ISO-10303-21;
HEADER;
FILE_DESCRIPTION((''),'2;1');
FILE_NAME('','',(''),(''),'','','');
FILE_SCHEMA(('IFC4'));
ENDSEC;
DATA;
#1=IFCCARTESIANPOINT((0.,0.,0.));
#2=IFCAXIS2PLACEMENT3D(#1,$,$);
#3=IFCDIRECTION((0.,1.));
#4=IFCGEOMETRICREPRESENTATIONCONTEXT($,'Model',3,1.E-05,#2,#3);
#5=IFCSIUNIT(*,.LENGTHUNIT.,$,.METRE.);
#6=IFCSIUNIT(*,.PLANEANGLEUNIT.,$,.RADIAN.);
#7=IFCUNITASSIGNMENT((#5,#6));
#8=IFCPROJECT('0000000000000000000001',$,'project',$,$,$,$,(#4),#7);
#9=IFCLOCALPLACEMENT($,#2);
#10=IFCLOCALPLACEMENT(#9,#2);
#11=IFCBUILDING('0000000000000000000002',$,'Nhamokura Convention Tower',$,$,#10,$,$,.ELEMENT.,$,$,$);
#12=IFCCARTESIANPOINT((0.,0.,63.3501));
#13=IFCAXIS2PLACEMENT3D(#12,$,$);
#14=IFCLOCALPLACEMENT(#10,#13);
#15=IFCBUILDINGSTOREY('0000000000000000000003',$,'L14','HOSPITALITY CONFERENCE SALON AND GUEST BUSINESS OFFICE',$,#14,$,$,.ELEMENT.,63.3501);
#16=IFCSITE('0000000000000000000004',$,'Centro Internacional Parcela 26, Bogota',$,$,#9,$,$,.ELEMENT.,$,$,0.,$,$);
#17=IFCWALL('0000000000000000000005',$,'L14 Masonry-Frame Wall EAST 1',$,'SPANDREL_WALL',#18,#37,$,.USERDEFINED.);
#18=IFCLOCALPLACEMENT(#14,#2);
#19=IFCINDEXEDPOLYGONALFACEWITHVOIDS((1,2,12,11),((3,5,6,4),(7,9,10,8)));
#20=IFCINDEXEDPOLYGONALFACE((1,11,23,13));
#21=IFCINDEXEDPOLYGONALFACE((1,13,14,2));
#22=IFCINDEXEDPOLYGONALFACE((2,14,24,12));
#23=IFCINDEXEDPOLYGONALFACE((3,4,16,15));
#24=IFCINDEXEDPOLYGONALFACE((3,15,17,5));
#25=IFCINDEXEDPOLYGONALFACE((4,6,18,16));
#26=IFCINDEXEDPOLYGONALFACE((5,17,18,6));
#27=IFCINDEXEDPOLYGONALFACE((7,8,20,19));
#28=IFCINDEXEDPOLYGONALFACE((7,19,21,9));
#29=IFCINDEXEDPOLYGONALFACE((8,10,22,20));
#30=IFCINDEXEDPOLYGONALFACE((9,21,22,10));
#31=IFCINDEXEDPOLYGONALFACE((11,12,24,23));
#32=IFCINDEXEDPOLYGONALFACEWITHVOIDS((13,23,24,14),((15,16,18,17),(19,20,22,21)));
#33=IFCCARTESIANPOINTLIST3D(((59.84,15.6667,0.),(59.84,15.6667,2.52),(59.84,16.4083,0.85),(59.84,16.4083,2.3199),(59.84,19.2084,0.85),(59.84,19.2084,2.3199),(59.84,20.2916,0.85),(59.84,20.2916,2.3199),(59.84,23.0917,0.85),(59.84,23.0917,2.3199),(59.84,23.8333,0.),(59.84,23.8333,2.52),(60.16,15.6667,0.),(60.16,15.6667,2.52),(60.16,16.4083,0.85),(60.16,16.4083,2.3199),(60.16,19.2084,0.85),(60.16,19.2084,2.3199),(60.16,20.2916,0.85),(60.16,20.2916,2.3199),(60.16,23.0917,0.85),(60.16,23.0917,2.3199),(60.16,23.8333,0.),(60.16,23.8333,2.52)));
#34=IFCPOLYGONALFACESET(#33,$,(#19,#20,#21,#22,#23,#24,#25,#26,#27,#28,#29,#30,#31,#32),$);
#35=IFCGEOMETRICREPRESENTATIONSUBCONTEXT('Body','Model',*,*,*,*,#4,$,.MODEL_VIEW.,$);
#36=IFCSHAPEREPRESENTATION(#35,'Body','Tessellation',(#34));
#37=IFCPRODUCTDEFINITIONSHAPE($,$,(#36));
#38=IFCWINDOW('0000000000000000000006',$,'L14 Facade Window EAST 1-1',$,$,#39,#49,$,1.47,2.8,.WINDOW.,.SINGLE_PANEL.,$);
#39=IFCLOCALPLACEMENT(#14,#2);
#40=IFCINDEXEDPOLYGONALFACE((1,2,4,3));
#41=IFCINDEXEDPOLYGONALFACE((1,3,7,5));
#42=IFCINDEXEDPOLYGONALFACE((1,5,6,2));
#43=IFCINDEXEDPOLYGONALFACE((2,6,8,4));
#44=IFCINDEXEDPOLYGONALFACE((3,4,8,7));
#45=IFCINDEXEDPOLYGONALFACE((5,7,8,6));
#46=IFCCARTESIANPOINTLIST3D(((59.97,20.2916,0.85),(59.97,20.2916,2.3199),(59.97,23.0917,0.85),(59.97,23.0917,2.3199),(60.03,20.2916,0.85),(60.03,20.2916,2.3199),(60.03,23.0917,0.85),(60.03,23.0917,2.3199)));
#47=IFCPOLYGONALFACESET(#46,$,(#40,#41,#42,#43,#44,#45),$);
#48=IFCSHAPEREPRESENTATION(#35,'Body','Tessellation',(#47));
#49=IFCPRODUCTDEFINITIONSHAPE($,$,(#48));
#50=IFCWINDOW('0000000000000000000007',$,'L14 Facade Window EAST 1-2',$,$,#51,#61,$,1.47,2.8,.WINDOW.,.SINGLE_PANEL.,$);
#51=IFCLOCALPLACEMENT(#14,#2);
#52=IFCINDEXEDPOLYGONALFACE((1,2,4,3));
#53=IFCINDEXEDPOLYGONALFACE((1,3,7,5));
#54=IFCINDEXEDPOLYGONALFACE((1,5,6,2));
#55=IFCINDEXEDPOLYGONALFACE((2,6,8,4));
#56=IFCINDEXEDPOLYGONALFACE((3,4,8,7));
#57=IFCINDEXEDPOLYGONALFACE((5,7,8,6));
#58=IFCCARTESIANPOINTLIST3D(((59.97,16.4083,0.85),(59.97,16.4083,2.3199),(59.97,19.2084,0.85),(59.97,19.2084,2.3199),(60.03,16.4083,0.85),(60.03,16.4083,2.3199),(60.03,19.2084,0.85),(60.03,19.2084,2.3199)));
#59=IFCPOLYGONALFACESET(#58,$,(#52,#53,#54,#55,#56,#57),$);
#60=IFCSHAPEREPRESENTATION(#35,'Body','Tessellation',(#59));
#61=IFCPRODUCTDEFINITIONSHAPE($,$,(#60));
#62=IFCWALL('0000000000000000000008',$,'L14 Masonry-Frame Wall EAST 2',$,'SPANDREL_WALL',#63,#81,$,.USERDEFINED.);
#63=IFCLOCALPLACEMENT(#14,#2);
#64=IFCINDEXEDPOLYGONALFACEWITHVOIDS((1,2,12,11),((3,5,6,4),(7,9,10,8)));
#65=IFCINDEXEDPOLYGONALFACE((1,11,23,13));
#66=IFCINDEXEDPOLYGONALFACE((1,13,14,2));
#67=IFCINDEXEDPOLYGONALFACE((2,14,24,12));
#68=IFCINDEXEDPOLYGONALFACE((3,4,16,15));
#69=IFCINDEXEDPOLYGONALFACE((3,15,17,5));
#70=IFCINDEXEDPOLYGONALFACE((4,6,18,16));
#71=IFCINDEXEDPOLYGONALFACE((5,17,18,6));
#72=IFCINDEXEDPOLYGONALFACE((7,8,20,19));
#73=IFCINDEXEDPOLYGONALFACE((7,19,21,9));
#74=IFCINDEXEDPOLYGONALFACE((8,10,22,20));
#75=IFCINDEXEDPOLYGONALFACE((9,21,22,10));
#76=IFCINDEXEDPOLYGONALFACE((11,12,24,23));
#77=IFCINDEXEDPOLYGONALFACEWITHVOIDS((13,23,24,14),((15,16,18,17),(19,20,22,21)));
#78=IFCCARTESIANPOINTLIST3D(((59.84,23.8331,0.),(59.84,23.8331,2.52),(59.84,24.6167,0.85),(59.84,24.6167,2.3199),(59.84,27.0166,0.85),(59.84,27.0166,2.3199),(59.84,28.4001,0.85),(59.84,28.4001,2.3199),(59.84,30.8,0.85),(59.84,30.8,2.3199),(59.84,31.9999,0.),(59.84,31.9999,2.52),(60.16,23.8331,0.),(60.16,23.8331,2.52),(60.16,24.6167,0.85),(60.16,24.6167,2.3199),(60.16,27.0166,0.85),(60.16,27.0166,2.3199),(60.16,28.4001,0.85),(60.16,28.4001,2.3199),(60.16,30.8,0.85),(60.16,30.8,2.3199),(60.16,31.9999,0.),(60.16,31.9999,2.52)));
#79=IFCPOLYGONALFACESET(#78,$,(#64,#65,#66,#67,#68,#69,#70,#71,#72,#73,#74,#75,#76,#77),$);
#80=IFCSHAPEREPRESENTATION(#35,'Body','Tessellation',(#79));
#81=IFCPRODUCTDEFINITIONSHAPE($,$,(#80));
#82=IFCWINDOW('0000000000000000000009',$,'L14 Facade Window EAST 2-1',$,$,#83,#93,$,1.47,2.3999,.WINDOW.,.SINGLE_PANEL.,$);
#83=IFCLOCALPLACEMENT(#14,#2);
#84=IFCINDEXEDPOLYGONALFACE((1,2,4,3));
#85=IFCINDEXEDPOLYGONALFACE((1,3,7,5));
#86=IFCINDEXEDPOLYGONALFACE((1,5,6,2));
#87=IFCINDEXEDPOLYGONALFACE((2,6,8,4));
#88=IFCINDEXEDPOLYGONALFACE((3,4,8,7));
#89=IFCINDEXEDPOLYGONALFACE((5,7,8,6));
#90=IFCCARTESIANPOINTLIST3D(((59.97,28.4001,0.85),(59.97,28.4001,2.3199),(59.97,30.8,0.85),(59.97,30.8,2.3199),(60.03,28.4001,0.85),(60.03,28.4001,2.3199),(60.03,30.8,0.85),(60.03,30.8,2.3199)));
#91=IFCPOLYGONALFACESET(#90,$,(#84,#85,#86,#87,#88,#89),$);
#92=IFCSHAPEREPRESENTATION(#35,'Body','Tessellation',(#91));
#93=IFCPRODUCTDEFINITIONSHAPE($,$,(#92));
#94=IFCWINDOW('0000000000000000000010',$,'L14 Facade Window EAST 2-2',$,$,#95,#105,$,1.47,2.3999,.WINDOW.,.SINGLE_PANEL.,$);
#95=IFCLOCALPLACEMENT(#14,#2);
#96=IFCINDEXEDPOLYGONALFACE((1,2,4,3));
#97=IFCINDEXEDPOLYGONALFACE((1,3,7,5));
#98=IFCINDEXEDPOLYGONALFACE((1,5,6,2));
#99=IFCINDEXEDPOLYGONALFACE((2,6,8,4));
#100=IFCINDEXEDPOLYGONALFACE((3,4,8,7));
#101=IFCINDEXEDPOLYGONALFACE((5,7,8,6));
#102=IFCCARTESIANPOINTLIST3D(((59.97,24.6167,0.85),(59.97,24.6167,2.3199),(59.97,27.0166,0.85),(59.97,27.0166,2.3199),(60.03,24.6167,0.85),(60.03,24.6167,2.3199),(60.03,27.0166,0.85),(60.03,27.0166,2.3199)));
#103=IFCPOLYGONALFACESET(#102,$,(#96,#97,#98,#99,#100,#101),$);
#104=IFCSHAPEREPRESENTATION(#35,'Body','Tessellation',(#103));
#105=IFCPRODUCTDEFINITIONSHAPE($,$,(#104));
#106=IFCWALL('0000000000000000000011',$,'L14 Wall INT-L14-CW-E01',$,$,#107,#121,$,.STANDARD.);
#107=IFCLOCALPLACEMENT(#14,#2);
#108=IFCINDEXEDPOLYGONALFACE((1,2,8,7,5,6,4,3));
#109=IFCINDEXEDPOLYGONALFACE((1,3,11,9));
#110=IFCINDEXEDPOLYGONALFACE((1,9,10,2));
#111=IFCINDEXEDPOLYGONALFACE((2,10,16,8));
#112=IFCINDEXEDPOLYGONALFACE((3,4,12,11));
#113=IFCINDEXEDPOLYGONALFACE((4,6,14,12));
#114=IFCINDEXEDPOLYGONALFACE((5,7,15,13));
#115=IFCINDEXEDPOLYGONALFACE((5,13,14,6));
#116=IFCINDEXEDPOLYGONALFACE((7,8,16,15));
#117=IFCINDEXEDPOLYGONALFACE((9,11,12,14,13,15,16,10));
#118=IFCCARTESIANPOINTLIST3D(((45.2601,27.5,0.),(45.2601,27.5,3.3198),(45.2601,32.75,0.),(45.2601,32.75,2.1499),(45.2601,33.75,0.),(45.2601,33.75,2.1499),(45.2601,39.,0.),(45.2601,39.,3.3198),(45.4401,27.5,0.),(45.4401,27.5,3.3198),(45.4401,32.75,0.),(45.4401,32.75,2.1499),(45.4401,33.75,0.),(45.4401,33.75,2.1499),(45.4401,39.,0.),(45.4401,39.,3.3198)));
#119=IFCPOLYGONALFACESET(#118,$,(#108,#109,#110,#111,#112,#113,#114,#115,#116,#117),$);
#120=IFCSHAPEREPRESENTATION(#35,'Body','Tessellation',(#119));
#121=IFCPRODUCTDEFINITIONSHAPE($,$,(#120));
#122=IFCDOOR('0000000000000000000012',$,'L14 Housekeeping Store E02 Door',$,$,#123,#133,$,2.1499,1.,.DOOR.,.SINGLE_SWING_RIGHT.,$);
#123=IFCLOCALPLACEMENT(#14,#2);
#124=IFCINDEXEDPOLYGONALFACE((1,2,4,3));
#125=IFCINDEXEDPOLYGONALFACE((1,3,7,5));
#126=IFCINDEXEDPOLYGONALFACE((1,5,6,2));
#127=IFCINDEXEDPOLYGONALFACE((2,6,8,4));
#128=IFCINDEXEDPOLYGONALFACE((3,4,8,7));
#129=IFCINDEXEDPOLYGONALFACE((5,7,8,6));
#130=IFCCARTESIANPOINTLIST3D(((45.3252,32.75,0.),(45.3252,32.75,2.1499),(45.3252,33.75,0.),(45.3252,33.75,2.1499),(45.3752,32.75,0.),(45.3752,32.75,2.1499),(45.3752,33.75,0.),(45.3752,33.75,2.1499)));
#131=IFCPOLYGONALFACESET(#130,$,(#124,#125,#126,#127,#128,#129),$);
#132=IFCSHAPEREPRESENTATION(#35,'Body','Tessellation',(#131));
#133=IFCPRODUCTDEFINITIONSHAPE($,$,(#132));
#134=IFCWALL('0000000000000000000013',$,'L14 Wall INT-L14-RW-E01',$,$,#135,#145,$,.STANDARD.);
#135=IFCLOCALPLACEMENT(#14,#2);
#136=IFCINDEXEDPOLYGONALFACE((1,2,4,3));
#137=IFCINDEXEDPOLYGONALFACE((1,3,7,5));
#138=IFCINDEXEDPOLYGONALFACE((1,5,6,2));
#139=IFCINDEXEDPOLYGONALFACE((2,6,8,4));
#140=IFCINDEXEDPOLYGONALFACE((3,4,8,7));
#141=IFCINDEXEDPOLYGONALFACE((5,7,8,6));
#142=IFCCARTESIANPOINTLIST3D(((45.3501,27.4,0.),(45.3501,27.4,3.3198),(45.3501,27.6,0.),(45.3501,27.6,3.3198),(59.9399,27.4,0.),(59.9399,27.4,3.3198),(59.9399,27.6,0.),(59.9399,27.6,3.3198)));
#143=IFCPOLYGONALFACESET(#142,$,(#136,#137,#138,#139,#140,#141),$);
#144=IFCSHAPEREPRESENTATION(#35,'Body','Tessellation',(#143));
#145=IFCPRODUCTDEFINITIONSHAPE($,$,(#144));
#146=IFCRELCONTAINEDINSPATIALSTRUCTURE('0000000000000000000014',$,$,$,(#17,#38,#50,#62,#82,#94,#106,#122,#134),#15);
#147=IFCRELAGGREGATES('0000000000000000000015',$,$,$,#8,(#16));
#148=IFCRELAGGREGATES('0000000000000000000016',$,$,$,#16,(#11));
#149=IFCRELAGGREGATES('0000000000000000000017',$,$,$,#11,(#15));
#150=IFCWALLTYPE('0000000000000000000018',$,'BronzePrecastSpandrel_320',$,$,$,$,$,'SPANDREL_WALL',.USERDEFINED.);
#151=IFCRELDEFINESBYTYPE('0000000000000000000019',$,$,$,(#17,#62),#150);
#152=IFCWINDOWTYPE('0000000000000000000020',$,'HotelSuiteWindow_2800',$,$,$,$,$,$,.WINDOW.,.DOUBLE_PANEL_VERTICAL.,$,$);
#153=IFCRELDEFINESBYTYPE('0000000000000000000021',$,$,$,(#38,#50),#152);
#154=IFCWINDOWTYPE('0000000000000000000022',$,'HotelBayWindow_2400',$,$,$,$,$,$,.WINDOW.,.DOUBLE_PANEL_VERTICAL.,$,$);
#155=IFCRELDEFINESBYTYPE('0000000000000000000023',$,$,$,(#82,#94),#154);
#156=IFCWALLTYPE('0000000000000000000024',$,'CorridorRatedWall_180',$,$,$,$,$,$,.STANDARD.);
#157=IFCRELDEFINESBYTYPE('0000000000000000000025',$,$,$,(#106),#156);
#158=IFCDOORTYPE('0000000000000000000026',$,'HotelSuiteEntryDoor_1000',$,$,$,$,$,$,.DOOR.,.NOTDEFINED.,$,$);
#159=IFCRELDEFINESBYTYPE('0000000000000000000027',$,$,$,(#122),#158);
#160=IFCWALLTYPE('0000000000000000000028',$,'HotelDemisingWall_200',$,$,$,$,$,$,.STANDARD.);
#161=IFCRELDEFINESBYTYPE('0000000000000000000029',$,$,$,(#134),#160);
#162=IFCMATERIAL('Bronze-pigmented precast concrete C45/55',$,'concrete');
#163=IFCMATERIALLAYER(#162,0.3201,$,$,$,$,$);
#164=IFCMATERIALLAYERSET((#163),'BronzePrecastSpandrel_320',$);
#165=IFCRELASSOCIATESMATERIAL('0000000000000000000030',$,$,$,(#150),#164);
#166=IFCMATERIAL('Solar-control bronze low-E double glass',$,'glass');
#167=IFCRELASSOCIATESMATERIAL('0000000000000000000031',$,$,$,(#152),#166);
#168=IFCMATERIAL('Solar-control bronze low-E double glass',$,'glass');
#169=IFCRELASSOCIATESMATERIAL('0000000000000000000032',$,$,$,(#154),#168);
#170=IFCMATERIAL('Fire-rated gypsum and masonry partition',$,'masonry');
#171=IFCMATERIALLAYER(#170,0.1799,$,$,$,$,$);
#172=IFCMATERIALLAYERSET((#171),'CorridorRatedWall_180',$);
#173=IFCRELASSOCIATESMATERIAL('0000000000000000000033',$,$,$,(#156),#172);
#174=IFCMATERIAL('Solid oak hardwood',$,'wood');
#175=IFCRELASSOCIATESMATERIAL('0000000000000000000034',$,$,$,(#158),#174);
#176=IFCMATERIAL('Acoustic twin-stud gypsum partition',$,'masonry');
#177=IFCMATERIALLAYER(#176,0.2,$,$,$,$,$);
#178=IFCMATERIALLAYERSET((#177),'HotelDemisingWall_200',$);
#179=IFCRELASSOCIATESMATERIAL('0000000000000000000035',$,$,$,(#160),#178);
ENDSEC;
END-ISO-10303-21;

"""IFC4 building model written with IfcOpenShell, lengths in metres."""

from ifc_helpers import new_model, si_unit, direction, frame, frame_2d, origin, place, context, subcontext, project, spatial, rectangle, extrude, material, layer, layer_set, type_object, element, fill, save


model = new_model("IFC4")

# Units and contexts
model_context = context("Model", 3, precision=1e-05, world=origin(), true_north=direction((0.0, 1.0)))
body_context = subcontext(model_context, "Body", "Model", "MODEL_VIEW")
ifc_project = project(units=[si_unit("LENGTHUNIT", "METRE"), si_unit("PLANEANGLEUNIT", "RADIAN")], contexts=[model_context])

# Site, building, storey
site_placement = place(None, origin())
site = spatial("IfcSite", under=ifc_project, at=site_placement, Name="Centro Internacional Parcela 26, Bogota", CompositionType="ELEMENT", RefElevation=0.0)
building_placement = place(site_placement, origin())
building = spatial("IfcBuilding", under=site, at=building_placement, Name="Nhamokura Convention Tower", CompositionType="ELEMENT")
storey_placement = place(building_placement, frame((0.0, 0.0, 63.3501)))
storey = spatial("IfcBuildingStorey", under=building, at=storey_placement, Name="L14", Description="HOSPITALITY CONFERENCE SALON AND GUEST BUSINESS OFFICE", CompositionType="ELEMENT", Elevation=63.3501)

# Walls, openings, windows
ifc_material_1 = material(Name="Bronze-pigmented precast concrete C45/55", Category="concrete")
ifc_layer_1 = layer(ifc_material_1, 0.3201)
ifc_layer_set_1 = layer_set([ifc_layer_1], Name="BronzePrecastSpandrel_320")
wall_type_1 = type_object("IfcWallType", Name="BronzePrecastSpandrel_320", ElementType="SPANDREL_WALL", PredefinedType="USERDEFINED", material=ifc_layer_set_1)
wall_1_placement = place(storey_placement, frame((60.0, 23.8333, 0.0), z_axis=(0.0, 0.0, 1.0), x_axis=(0.0, -1.0, 0.0)))
wall_1 = element("IfcWall", 1, at=wall_1_placement, inside=storey, type_object=wall_type_1, Name="L14 Masonry-Frame Wall EAST 1", ObjectType="SPANDREL_WALL", PredefinedType="USERDEFINED", context=body_context, shape_type="SweptSolid", body=[
    extrude(rectangle(XDim=8.1665, YDim=0.3201, at=frame_2d((4.0833, 0.0))), origin(), (0.0, 0.0, 1.0), 2.52),
])
opening_1_placement = place(wall_1_placement, frame((0.7417, 0.0, 0.8501)))
opening_1 = element("IfcOpeningElement", 2, at=opening_1_placement, cuts=wall_1, PredefinedType="OPENING", context=body_context, shape_type="SweptSolid", body=[
    extrude(rectangle(XDim=2.8, YDim=1.47, at=frame_2d((1.3999, 0.7349))), frame((0.0, 0.1699, 0.0), z_axis=(0.0, -1.0, 0.0), x_axis=(1.0, 0.0, 0.0)), (0.0, 0.0, 1.0), 0.3401),
])
opening_2_placement = place(wall_1_placement, frame((4.625, 0.0, 0.8501)))
opening_2 = element("IfcOpeningElement", 3, at=opening_2_placement, cuts=wall_1, PredefinedType="OPENING", context=body_context, shape_type="SweptSolid", body=[
    extrude(rectangle(XDim=2.8, YDim=1.47, at=frame_2d((1.3999, 0.7349))), frame((0.0, 0.1699, 0.0), z_axis=(0.0, -1.0, 0.0), x_axis=(1.0, 0.0, 0.0)), (0.0, 0.0, 1.0), 0.3401),
])
ifc_material_2 = material(Name="Solar-control bronze low-E double glass", Category="glass")
window_type_1 = type_object("IfcWindowType", Name="HotelSuiteWindow_2800", PartitioningType="DOUBLE_PANEL_VERTICAL", PredefinedType="WINDOW", material=ifc_material_2)
window_1_placement = place(opening_1_placement, origin())
window_1 = element("IfcWindow", 4, at=window_1_placement, inside=storey, type_object=window_type_1, Name="L14 Facade Window EAST 1-1", OverallHeight=1.47, OverallWidth=2.8, PartitioningType="SINGLE_PANEL", PredefinedType="WINDOW", context=body_context, shape_type="SweptSolid", body=[
    extrude(rectangle(XDim=2.8, YDim=1.47, at=frame_2d((1.3999, 0.7349))), frame((0.0, 0.03, 0.0), z_axis=(0.0, -1.0, 0.0), x_axis=(1.0, 0.0, 0.0)), (0.0, 0.0, 1.0), 0.0601),
])
fill(opening_1, window_1)
window_2_placement = place(opening_2_placement, origin())
window_2 = element("IfcWindow", 5, at=window_2_placement, inside=storey, type_object=window_type_1, Name="L14 Facade Window EAST 1-2", OverallHeight=1.47, OverallWidth=2.8, PartitioningType="SINGLE_PANEL", PredefinedType="WINDOW", context=body_context, shape_type="SweptSolid", body=[
    extrude(rectangle(XDim=2.8, YDim=1.47, at=frame_2d((1.3999, 0.7349))), frame((0.0, 0.03, 0.0), z_axis=(0.0, -1.0, 0.0), x_axis=(1.0, 0.0, 0.0)), (0.0, 0.0, 1.0), 0.0601),
])
fill(opening_2, window_2)
wall_2_placement = place(storey_placement, frame((60.0, 32.0, 0.0), z_axis=(0.0, 0.0, 1.0), x_axis=(0.0, -1.0, 0.0)))
wall_2 = element("IfcWall", 6, at=wall_2_placement, inside=storey, type_object=wall_type_1, Name="L14 Masonry-Frame Wall EAST 2", ObjectType="SPANDREL_WALL", PredefinedType="USERDEFINED", context=body_context, shape_type="SweptSolid", body=[
    extrude(rectangle(XDim=8.1667, YDim=0.3201, at=frame_2d((4.0835, 0.0))), origin(), (0.0, 0.0, 1.0), 2.52),
])
opening_3_placement = place(wall_2_placement, frame((1.2, 0.0, 0.8501)))
opening_3 = element("IfcOpeningElement", 7, at=opening_3_placement, cuts=wall_2, PredefinedType="OPENING", context=body_context, shape_type="SweptSolid", body=[
    extrude(rectangle(XDim=2.3999, YDim=1.47, at=frame_2d((1.2, 0.7349))), frame((0.0, 0.1699, 0.0), z_axis=(0.0, -1.0, 0.0), x_axis=(1.0, 0.0, 0.0)), (0.0, 0.0, 1.0), 0.3401),
])
opening_4_placement = place(wall_2_placement, frame((4.9834, 0.0, 0.8501)))
opening_4 = element("IfcOpeningElement", 8, at=opening_4_placement, cuts=wall_2, PredefinedType="OPENING", context=body_context, shape_type="SweptSolid", body=[
    extrude(rectangle(XDim=2.3999, YDim=1.47, at=frame_2d((1.2, 0.7349))), frame((0.0, 0.1699, 0.0), z_axis=(0.0, -1.0, 0.0), x_axis=(1.0, 0.0, 0.0)), (0.0, 0.0, 1.0), 0.3401),
])
ifc_material_3 = material(Name="Solar-control bronze low-E double glass", Category="glass")
window_type_2 = type_object("IfcWindowType", Name="HotelBayWindow_2400", PartitioningType="DOUBLE_PANEL_VERTICAL", PredefinedType="WINDOW", material=ifc_material_3)
window_3_placement = place(opening_3_placement, origin())
window_3 = element("IfcWindow", 9, at=window_3_placement, inside=storey, type_object=window_type_2, Name="L14 Facade Window EAST 2-1", OverallHeight=1.47, OverallWidth=2.3999, PartitioningType="SINGLE_PANEL", PredefinedType="WINDOW", context=body_context, shape_type="SweptSolid", body=[
    extrude(rectangle(XDim=2.3999, YDim=1.47, at=frame_2d((1.2, 0.7349))), frame((0.0, 0.03, 0.0), z_axis=(0.0, -1.0, 0.0), x_axis=(1.0, 0.0, 0.0)), (0.0, 0.0, 1.0), 0.0601),
])
fill(opening_3, window_3)
window_4_placement = place(opening_4_placement, origin())
window_4 = element("IfcWindow", 10, at=window_4_placement, inside=storey, type_object=window_type_2, Name="L14 Facade Window EAST 2-2", OverallHeight=1.47, OverallWidth=2.3999, PartitioningType="SINGLE_PANEL", PredefinedType="WINDOW", context=body_context, shape_type="SweptSolid", body=[
    extrude(rectangle(XDim=2.3999, YDim=1.47, at=frame_2d((1.2, 0.7349))), frame((0.0, 0.03, 0.0), z_axis=(0.0, -1.0, 0.0), x_axis=(1.0, 0.0, 0.0)), (0.0, 0.0, 1.0), 0.0601),
])
fill(opening_4, window_4)

# Wall, opening, door
ifc_material_4 = material(Name="Fire-rated gypsum and masonry partition", Category="masonry")
ifc_layer_2 = layer(ifc_material_4, 0.1799)
ifc_layer_set_2 = layer_set([ifc_layer_2], Name="CorridorRatedWall_180")
wall_type_2 = type_object("IfcWallType", Name="CorridorRatedWall_180", PredefinedType="STANDARD", material=ifc_layer_set_2)
wall_3_placement = place(storey_placement, frame((45.3501, 27.5, 0.0), z_axis=(0.0, 0.0, 1.0), x_axis=(0.0, 1.0, 0.0)))
wall_3 = element("IfcWall", 11, at=wall_3_placement, inside=storey, type_object=wall_type_2, Name="L14 Wall INT-L14-CW-E01", PredefinedType="STANDARD", context=body_context, shape_type="SweptSolid", body=[
    extrude(rectangle(XDim=11.5, YDim=0.1799, at=frame_2d((5.75, 0.0))), origin(), (0.0, 0.0, 1.0), 3.3198),
])
opening_5_placement = place(wall_3_placement, frame((5.25, 0.0, 0.0)))
opening_5 = element("IfcOpeningElement", 12, at=opening_5_placement, cuts=wall_3, PredefinedType="OPENING", context=body_context, shape_type="SweptSolid", body=[
    extrude(rectangle(XDim=1.0, YDim=2.1499, at=frame_2d((0.5, 1.075))), frame((0.0, 0.0999, 0.0), z_axis=(0.0, -1.0, 0.0), x_axis=(1.0, 0.0, 0.0)), (0.0, 0.0, 1.0), 0.2),
])
ifc_material_5 = material(Name="Solid oak hardwood", Category="wood")
door_type_1 = type_object("IfcDoorType", Name="HotelSuiteEntryDoor_1000", OperationType="NOTDEFINED", PredefinedType="DOOR", material=ifc_material_5)
door_1_placement = place(opening_5_placement, origin())
door_1 = element("IfcDoor", 13, at=door_1_placement, inside=storey, type_object=door_type_1, Name="L14 Housekeeping Store E02 Door", OperationType="SINGLE_SWING_RIGHT", OverallHeight=2.1499, OverallWidth=1.0, PredefinedType="DOOR", context=body_context, shape_type="SweptSolid", body=[
    extrude(rectangle(XDim=1.0, YDim=2.1499, at=frame_2d((0.5, 1.075))), frame((0.0, 0.0249, 0.0), z_axis=(0.0, -1.0, 0.0), x_axis=(1.0, 0.0, 0.0)), (0.0, 0.0, 1.0), 0.05),
])
fill(opening_5, door_1)

# Wall
ifc_material_6 = material(Name="Acoustic twin-stud gypsum partition", Category="masonry")
ifc_layer_3 = layer(ifc_material_6, 0.2)
ifc_layer_set_3 = layer_set([ifc_layer_3], Name="HotelDemisingWall_200")
wall_type_3 = type_object("IfcWallType", Name="HotelDemisingWall_200", PredefinedType="STANDARD", material=ifc_layer_set_3)
wall_4_placement = place(storey_placement, frame((45.3501, 27.5, 0.0), z_axis=(0.0, 0.0, 1.0), x_axis=(1.0, 0.0, 0.0)))
element("IfcWall", 14, at=wall_4_placement, inside=storey, type_object=wall_type_3, Name="L14 Wall INT-L14-RW-E01", PredefinedType="STANDARD", context=body_context, shape_type="SweptSolid", body=[
    extrude(rectangle(XDim=14.5898, YDim=0.2, at=frame_2d((7.2949, 0.0))), origin(), (0.0, 0.0, 1.0), 3.3198),
])

save(model, "model.ifc")
